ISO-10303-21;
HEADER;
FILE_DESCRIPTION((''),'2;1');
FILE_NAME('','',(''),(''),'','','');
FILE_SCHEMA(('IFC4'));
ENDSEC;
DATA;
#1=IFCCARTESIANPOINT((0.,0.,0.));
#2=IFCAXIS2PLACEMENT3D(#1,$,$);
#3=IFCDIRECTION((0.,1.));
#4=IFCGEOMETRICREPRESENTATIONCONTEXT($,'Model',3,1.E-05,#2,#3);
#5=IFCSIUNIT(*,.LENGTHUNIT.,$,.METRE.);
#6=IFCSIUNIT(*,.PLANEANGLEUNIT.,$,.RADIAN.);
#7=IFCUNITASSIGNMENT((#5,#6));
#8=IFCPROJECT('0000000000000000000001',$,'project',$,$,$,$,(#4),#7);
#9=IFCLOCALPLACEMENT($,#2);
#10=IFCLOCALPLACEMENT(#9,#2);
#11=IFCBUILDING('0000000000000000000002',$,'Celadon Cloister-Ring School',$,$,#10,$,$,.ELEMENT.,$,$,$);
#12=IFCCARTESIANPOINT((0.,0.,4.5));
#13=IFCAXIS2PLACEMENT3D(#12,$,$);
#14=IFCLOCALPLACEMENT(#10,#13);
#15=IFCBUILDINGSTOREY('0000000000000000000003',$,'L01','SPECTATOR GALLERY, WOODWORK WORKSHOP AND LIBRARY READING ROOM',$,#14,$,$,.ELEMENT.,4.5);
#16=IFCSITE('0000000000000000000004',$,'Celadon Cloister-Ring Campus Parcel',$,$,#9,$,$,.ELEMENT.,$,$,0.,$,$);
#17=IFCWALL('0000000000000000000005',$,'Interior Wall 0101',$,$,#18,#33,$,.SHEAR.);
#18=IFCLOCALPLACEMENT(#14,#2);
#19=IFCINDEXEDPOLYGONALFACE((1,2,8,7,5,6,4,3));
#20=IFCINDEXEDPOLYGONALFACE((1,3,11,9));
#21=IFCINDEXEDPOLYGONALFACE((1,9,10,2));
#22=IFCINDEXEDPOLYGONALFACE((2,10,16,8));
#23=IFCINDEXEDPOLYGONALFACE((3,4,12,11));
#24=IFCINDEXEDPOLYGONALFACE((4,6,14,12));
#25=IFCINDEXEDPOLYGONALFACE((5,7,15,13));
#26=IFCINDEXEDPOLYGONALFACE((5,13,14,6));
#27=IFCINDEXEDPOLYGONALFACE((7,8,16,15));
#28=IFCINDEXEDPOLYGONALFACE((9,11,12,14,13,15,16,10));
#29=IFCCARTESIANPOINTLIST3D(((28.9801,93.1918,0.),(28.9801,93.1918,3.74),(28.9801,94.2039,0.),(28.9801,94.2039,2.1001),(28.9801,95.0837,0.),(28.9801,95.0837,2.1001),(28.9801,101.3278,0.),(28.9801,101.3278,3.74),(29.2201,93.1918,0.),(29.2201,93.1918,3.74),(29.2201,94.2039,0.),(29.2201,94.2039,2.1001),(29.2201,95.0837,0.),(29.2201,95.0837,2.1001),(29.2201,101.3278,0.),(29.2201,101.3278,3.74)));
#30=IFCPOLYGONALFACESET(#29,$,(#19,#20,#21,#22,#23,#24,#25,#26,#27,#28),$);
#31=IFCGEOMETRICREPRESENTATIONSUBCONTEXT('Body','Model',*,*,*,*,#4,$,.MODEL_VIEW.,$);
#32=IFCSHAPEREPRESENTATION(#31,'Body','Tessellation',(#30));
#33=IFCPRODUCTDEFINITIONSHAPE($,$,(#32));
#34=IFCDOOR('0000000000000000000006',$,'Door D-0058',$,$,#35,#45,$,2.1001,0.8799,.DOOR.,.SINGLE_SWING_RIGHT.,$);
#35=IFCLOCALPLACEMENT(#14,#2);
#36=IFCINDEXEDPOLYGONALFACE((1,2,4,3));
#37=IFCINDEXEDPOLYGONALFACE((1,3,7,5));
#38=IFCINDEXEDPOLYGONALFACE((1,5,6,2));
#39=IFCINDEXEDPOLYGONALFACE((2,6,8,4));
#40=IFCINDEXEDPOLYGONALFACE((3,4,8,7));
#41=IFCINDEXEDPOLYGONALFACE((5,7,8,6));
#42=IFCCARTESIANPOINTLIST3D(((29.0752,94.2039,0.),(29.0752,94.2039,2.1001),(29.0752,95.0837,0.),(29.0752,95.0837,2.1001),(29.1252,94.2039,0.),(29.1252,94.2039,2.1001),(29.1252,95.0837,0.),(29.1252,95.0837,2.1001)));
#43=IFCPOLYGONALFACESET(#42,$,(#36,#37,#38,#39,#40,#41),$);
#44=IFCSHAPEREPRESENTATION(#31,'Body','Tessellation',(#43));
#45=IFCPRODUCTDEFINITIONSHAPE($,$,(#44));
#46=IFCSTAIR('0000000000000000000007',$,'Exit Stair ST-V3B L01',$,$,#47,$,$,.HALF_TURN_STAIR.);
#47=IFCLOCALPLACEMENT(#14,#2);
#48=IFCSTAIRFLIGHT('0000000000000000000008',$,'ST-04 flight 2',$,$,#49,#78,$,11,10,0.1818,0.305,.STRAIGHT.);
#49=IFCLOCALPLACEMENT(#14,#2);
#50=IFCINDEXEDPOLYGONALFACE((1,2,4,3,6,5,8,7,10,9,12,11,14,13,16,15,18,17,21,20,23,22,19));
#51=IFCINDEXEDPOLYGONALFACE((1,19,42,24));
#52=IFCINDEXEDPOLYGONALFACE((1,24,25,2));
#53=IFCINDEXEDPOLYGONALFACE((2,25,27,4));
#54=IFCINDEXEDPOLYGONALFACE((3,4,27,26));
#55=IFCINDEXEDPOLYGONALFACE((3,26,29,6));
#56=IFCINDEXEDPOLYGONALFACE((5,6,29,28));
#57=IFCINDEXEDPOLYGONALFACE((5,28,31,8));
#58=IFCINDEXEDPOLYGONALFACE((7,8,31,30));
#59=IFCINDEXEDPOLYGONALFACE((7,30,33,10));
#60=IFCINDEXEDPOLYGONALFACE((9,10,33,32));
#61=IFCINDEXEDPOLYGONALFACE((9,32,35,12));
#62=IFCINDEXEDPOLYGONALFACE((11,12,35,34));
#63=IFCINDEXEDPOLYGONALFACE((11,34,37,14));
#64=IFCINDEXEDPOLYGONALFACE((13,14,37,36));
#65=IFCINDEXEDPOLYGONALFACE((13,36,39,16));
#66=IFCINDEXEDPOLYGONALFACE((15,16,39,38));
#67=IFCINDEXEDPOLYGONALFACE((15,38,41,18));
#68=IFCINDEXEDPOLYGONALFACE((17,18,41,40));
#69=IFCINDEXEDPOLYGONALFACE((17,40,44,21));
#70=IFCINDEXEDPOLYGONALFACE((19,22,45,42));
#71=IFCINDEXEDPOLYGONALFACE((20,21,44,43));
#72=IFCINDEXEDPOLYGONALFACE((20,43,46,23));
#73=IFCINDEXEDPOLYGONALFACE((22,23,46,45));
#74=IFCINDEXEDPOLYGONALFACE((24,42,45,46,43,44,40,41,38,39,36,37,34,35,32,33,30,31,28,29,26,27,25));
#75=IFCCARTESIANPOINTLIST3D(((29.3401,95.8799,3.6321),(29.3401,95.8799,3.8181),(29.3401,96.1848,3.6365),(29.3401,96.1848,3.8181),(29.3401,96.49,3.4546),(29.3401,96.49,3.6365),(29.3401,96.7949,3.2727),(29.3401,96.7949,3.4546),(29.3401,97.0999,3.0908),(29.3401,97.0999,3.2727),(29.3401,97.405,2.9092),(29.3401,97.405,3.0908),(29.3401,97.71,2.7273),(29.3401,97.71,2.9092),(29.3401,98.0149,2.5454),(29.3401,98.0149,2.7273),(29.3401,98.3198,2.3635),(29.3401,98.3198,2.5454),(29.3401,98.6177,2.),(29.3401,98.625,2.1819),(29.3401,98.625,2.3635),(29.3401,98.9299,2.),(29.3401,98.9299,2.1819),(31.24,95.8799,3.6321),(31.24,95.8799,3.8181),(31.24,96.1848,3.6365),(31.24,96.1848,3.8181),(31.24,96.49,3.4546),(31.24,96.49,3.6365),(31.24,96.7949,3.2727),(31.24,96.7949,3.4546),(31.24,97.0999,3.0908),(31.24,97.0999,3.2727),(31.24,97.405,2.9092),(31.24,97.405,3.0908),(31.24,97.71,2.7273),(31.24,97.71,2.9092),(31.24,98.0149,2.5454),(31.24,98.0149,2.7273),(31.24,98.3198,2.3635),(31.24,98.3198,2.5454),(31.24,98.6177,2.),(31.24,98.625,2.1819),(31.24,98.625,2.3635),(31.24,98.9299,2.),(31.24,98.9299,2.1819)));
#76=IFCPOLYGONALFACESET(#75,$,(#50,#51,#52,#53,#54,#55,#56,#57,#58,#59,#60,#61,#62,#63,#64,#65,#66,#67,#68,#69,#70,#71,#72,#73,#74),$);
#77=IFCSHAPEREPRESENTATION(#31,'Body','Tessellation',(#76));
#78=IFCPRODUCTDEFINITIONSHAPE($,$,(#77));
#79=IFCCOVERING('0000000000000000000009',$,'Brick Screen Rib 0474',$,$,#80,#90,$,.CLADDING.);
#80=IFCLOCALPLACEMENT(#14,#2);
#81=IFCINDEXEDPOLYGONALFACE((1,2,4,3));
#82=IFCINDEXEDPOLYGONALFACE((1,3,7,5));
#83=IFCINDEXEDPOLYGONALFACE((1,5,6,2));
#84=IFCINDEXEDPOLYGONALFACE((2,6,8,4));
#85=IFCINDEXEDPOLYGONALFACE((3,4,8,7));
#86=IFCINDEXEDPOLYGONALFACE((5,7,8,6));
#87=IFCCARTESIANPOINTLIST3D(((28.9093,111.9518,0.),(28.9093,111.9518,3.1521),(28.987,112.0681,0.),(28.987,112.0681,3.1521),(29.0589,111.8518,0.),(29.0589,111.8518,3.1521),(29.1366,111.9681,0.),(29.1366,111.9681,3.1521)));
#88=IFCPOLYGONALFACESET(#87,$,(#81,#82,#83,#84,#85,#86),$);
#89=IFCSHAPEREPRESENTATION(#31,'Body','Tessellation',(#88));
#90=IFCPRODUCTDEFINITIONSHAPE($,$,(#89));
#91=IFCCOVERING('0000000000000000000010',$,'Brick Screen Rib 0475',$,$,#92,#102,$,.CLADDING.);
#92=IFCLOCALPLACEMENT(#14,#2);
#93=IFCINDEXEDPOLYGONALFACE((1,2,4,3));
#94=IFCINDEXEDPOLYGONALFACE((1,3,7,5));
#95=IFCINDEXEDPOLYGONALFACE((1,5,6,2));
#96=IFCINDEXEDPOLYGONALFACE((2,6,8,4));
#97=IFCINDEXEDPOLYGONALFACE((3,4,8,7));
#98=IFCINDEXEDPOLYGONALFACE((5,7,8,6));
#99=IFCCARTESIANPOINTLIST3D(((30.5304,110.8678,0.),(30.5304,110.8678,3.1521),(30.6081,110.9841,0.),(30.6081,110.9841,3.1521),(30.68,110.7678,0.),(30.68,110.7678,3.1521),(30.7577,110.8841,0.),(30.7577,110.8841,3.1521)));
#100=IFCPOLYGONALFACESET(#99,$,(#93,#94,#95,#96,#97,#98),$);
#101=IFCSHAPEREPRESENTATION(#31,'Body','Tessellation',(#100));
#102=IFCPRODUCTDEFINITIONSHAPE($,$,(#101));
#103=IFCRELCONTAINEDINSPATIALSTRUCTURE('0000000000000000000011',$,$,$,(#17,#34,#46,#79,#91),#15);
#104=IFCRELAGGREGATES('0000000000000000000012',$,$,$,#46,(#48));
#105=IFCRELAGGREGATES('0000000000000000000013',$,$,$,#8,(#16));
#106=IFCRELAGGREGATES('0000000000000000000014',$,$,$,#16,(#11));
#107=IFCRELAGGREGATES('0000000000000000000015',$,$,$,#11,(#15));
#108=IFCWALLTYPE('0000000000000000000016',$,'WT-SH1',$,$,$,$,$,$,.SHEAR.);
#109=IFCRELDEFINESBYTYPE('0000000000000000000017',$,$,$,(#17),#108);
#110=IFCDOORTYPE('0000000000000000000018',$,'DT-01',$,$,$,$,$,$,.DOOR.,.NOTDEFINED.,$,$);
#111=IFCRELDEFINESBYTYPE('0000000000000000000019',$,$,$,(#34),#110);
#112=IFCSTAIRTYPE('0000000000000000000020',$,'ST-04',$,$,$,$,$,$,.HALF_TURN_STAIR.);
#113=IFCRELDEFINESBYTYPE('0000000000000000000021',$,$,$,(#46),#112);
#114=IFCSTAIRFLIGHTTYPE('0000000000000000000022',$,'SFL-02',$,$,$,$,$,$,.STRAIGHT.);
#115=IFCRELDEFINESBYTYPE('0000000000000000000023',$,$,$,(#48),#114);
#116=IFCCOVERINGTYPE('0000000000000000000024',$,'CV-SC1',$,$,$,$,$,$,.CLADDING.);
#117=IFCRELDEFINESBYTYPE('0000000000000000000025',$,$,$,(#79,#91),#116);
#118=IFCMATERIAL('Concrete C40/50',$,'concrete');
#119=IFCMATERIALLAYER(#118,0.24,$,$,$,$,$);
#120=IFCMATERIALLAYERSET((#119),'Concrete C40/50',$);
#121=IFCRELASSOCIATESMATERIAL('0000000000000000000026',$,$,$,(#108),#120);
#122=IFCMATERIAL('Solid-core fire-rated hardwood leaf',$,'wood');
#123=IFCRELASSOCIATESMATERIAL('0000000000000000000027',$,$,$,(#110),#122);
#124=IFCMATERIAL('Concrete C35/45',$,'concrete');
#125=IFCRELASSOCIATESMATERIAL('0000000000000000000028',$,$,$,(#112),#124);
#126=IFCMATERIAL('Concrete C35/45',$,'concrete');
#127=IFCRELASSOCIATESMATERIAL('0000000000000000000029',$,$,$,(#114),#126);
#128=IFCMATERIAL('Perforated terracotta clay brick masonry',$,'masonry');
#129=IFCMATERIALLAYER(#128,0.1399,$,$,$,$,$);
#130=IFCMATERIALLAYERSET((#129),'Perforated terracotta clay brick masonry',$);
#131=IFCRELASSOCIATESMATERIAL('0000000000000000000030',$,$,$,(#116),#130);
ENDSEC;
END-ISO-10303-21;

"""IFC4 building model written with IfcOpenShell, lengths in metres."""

from ifc_helpers import new_model, si_unit, direction, frame, frame_2d, origin, origin_2d, place, context, subcontext, project, spatial, polyline, rectangle, outline, extrude, material, layer, layer_set, type_object, element, fill, aggregate, save


model = new_model("IFC4")

# Units and contexts
model_context = context("Model", 3, precision=1e-05, world=origin(), true_north=direction((0.0, 1.0)))
body_context = subcontext(model_context, "Body", "Model", "MODEL_VIEW")
ifc_project = project(units=[si_unit("LENGTHUNIT", "METRE"), si_unit("PLANEANGLEUNIT", "RADIAN")], contexts=[model_context])

# Site, building, storey
site_placement = place(None, origin())
site = spatial("IfcSite", under=ifc_project, at=site_placement, Name="Celadon Cloister-Ring Campus Parcel", CompositionType="ELEMENT", RefElevation=0.0)
building_placement = place(site_placement, origin())
building = spatial("IfcBuilding", under=site, at=building_placement, Name="Celadon Cloister-Ring School", CompositionType="ELEMENT")
storey_placement = place(building_placement, frame((0.0, 0.0, 4.5)))
storey = spatial("IfcBuildingStorey", under=building, at=storey_placement, Name="L01", Description="SPECTATOR GALLERY, WOODWORK WORKSHOP AND LIBRARY READING ROOM", CompositionType="ELEMENT", Elevation=4.5)

# Wall, opening, door
ifc_material_1 = material(Name="Concrete C40/50", Category="concrete")
ifc_layer_1 = layer(ifc_material_1, 0.24)
ifc_layer_set_1 = layer_set([ifc_layer_1], Name="Concrete C40/50")
wall_type_1 = type_object("IfcWallType", Name="WT-SH1", PredefinedType="SHEAR", material=ifc_layer_set_1)
wall_1_placement = place(storey_placement, frame((29.1001, 93.1919, 0.0), z_axis=(0.0, 0.0, 1.0), x_axis=(0.0, 1.0, 0.0)))
wall_1 = element("IfcWall", 1, at=wall_1_placement, inside=storey, type_object=wall_type_1, Name="Interior Wall 0101", PredefinedType="SHEAR", context=body_context, shape_type="SweptSolid", body=[
    extrude(rectangle(XDim=8.136, YDim=0.24, at=frame_2d((4.0679, 0.0))), origin(), (0.0, 0.0, 1.0), 3.74),
])
opening_1_placement = place(wall_1_placement, frame((1.012, 0.0, 0.0)))
opening_1 = element("IfcOpeningElement", 2, at=opening_1_placement, cuts=wall_1, PredefinedType="OPENING", context=body_context, shape_type="SweptSolid", body=[
    extrude(rectangle(XDim=0.8799, YDim=2.1001, at=frame_2d((0.4399, 1.05))), frame((0.0, 0.1299, 0.0), z_axis=(0.0, -1.0, 0.0), x_axis=(1.0, 0.0, 0.0)), (0.0, 0.0, 1.0), 0.26),
])
ifc_material_2 = material(Name="Solid-core fire-rated hardwood leaf", Category="wood")
door_type_1 = type_object("IfcDoorType", Name="DT-01", OperationType="NOTDEFINED", PredefinedType="DOOR", material=ifc_material_2)
door_1_placement = place(opening_1_placement, origin())
door_1 = element("IfcDoor", 3, at=door_1_placement, inside=storey, type_object=door_type_1, Name="Door D-0058", OperationType="SINGLE_SWING_RIGHT", OverallHeight=2.1001, OverallWidth=0.8799, PredefinedType="DOOR", context=body_context, shape_type="SweptSolid", body=[
    extrude(rectangle(XDim=0.8799, YDim=2.1001, at=frame_2d((0.4399, 1.05))), frame((0.0, 0.0249, 0.0), z_axis=(0.0, -1.0, 0.0), x_axis=(1.0, 0.0, 0.0)), (0.0, 0.0, 1.0), 0.05),
])
fill(opening_1, door_1)

# Stair, stair flight
ifc_material_3 = material(Name="Concrete C35/45", Category="concrete")
stair_type = type_object("IfcStairType", Name="ST-04", PredefinedType="HALF_TURN_STAIR", material=ifc_material_3)
stair_placement = place(storey_placement, origin())
stair = element("IfcStair", 4, at=stair_placement, inside=storey, type_object=stair_type, Name="Exit Stair ST-V3B L01", PredefinedType="HALF_TURN_STAIR")
ifc_material_4 = material(Name="Concrete C35/45", Category="concrete")
stair_flight_type = type_object("IfcStairFlightType", Name="SFL-02", PredefinedType="STRAIGHT", material=ifc_material_4)
stair_flight_placement = place(storey_placement, frame((30.29, 98.9299, 2.0), z_axis=(0.0, 0.0, 1.0), x_axis=(0.0, -1.0, 0.0)))
stair_flight = element("IfcStairFlight", 5, at=stair_flight_placement, type_object=stair_flight_type, Name="ST-04 flight 2", NumberOfRisers=11, NumberOfTreads=10, PredefinedType="STRAIGHT", RiserHeight=0.1818, TreadLength=0.305, context=body_context, shape_type="SweptSolid", body=[
    extrude(outline(polyline([(0.0, 0.0), (0.0, 0.1819), (0.3049, 0.1819), (0.3049, 0.3635), (0.6101, 0.3635), (0.6101, 0.5454), (0.915, 0.5454), (0.915, 0.7273), (1.22, 0.7273), (1.22, 0.9092), (1.5249, 0.9092), (1.5249, 1.0908), (1.8301, 1.0908), (1.8301, 1.2727), (2.135, 1.2727), (2.135, 1.4546), (2.4399, 1.4546), (2.4399, 1.6365), (2.7451, 1.6365), (2.7451, 1.8181), (3.05, 1.8181), (3.05, 2.0), (3.05, 1.6321), (0.3123, 0.0), (0.0, 0.0)])), frame((0.0, 0.95, 0.0), z_axis=(0.0, -1.0, 0.0), x_axis=(1.0, 0.0, 0.0)), (0.0, 0.0, 1.0), 1.8999),
])
aggregate(stair, [stair_flight])

# Coverings
ifc_material_5 = material(Name="Perforated terracotta clay brick masonry", Category="masonry")
ifc_layer_2 = layer(ifc_material_5, 0.1399)
ifc_layer_set_2 = layer_set([ifc_layer_2], Name="Perforated terracotta clay brick masonry")
covering_type = type_object("IfcCoveringType", Name="CV-SC1", PredefinedType="CLADDING", material=ifc_layer_set_2)
for number, where, z_axis, x_axis, name in (
    (6, (29.0229, 111.96, 0.0), (0.0, 0.0, 1.0), (0.831402, -0.555672, 0.0), "Brick Screen Rib 0474"),
    (7, (30.644, 110.876, 0.0), (0.0, 0.0, 1.0), (0.831402, -0.555672, 0.0), "Brick Screen Rib 0475"),
):
    element("IfcCovering", number, at=place(storey_placement, frame(where, z_axis=z_axis, x_axis=x_axis)), inside=storey, type_object=covering_type, Name=name, PredefinedType="CLADDING", context=body_context, shape_type="SweptSolid", body=[
        extrude(rectangle(XDim=0.1799, YDim=0.1399, at=origin_2d()), origin(), (0.0, 0.0, 1.0), 3.1521),
    ])

save(model, "model.ifc")
